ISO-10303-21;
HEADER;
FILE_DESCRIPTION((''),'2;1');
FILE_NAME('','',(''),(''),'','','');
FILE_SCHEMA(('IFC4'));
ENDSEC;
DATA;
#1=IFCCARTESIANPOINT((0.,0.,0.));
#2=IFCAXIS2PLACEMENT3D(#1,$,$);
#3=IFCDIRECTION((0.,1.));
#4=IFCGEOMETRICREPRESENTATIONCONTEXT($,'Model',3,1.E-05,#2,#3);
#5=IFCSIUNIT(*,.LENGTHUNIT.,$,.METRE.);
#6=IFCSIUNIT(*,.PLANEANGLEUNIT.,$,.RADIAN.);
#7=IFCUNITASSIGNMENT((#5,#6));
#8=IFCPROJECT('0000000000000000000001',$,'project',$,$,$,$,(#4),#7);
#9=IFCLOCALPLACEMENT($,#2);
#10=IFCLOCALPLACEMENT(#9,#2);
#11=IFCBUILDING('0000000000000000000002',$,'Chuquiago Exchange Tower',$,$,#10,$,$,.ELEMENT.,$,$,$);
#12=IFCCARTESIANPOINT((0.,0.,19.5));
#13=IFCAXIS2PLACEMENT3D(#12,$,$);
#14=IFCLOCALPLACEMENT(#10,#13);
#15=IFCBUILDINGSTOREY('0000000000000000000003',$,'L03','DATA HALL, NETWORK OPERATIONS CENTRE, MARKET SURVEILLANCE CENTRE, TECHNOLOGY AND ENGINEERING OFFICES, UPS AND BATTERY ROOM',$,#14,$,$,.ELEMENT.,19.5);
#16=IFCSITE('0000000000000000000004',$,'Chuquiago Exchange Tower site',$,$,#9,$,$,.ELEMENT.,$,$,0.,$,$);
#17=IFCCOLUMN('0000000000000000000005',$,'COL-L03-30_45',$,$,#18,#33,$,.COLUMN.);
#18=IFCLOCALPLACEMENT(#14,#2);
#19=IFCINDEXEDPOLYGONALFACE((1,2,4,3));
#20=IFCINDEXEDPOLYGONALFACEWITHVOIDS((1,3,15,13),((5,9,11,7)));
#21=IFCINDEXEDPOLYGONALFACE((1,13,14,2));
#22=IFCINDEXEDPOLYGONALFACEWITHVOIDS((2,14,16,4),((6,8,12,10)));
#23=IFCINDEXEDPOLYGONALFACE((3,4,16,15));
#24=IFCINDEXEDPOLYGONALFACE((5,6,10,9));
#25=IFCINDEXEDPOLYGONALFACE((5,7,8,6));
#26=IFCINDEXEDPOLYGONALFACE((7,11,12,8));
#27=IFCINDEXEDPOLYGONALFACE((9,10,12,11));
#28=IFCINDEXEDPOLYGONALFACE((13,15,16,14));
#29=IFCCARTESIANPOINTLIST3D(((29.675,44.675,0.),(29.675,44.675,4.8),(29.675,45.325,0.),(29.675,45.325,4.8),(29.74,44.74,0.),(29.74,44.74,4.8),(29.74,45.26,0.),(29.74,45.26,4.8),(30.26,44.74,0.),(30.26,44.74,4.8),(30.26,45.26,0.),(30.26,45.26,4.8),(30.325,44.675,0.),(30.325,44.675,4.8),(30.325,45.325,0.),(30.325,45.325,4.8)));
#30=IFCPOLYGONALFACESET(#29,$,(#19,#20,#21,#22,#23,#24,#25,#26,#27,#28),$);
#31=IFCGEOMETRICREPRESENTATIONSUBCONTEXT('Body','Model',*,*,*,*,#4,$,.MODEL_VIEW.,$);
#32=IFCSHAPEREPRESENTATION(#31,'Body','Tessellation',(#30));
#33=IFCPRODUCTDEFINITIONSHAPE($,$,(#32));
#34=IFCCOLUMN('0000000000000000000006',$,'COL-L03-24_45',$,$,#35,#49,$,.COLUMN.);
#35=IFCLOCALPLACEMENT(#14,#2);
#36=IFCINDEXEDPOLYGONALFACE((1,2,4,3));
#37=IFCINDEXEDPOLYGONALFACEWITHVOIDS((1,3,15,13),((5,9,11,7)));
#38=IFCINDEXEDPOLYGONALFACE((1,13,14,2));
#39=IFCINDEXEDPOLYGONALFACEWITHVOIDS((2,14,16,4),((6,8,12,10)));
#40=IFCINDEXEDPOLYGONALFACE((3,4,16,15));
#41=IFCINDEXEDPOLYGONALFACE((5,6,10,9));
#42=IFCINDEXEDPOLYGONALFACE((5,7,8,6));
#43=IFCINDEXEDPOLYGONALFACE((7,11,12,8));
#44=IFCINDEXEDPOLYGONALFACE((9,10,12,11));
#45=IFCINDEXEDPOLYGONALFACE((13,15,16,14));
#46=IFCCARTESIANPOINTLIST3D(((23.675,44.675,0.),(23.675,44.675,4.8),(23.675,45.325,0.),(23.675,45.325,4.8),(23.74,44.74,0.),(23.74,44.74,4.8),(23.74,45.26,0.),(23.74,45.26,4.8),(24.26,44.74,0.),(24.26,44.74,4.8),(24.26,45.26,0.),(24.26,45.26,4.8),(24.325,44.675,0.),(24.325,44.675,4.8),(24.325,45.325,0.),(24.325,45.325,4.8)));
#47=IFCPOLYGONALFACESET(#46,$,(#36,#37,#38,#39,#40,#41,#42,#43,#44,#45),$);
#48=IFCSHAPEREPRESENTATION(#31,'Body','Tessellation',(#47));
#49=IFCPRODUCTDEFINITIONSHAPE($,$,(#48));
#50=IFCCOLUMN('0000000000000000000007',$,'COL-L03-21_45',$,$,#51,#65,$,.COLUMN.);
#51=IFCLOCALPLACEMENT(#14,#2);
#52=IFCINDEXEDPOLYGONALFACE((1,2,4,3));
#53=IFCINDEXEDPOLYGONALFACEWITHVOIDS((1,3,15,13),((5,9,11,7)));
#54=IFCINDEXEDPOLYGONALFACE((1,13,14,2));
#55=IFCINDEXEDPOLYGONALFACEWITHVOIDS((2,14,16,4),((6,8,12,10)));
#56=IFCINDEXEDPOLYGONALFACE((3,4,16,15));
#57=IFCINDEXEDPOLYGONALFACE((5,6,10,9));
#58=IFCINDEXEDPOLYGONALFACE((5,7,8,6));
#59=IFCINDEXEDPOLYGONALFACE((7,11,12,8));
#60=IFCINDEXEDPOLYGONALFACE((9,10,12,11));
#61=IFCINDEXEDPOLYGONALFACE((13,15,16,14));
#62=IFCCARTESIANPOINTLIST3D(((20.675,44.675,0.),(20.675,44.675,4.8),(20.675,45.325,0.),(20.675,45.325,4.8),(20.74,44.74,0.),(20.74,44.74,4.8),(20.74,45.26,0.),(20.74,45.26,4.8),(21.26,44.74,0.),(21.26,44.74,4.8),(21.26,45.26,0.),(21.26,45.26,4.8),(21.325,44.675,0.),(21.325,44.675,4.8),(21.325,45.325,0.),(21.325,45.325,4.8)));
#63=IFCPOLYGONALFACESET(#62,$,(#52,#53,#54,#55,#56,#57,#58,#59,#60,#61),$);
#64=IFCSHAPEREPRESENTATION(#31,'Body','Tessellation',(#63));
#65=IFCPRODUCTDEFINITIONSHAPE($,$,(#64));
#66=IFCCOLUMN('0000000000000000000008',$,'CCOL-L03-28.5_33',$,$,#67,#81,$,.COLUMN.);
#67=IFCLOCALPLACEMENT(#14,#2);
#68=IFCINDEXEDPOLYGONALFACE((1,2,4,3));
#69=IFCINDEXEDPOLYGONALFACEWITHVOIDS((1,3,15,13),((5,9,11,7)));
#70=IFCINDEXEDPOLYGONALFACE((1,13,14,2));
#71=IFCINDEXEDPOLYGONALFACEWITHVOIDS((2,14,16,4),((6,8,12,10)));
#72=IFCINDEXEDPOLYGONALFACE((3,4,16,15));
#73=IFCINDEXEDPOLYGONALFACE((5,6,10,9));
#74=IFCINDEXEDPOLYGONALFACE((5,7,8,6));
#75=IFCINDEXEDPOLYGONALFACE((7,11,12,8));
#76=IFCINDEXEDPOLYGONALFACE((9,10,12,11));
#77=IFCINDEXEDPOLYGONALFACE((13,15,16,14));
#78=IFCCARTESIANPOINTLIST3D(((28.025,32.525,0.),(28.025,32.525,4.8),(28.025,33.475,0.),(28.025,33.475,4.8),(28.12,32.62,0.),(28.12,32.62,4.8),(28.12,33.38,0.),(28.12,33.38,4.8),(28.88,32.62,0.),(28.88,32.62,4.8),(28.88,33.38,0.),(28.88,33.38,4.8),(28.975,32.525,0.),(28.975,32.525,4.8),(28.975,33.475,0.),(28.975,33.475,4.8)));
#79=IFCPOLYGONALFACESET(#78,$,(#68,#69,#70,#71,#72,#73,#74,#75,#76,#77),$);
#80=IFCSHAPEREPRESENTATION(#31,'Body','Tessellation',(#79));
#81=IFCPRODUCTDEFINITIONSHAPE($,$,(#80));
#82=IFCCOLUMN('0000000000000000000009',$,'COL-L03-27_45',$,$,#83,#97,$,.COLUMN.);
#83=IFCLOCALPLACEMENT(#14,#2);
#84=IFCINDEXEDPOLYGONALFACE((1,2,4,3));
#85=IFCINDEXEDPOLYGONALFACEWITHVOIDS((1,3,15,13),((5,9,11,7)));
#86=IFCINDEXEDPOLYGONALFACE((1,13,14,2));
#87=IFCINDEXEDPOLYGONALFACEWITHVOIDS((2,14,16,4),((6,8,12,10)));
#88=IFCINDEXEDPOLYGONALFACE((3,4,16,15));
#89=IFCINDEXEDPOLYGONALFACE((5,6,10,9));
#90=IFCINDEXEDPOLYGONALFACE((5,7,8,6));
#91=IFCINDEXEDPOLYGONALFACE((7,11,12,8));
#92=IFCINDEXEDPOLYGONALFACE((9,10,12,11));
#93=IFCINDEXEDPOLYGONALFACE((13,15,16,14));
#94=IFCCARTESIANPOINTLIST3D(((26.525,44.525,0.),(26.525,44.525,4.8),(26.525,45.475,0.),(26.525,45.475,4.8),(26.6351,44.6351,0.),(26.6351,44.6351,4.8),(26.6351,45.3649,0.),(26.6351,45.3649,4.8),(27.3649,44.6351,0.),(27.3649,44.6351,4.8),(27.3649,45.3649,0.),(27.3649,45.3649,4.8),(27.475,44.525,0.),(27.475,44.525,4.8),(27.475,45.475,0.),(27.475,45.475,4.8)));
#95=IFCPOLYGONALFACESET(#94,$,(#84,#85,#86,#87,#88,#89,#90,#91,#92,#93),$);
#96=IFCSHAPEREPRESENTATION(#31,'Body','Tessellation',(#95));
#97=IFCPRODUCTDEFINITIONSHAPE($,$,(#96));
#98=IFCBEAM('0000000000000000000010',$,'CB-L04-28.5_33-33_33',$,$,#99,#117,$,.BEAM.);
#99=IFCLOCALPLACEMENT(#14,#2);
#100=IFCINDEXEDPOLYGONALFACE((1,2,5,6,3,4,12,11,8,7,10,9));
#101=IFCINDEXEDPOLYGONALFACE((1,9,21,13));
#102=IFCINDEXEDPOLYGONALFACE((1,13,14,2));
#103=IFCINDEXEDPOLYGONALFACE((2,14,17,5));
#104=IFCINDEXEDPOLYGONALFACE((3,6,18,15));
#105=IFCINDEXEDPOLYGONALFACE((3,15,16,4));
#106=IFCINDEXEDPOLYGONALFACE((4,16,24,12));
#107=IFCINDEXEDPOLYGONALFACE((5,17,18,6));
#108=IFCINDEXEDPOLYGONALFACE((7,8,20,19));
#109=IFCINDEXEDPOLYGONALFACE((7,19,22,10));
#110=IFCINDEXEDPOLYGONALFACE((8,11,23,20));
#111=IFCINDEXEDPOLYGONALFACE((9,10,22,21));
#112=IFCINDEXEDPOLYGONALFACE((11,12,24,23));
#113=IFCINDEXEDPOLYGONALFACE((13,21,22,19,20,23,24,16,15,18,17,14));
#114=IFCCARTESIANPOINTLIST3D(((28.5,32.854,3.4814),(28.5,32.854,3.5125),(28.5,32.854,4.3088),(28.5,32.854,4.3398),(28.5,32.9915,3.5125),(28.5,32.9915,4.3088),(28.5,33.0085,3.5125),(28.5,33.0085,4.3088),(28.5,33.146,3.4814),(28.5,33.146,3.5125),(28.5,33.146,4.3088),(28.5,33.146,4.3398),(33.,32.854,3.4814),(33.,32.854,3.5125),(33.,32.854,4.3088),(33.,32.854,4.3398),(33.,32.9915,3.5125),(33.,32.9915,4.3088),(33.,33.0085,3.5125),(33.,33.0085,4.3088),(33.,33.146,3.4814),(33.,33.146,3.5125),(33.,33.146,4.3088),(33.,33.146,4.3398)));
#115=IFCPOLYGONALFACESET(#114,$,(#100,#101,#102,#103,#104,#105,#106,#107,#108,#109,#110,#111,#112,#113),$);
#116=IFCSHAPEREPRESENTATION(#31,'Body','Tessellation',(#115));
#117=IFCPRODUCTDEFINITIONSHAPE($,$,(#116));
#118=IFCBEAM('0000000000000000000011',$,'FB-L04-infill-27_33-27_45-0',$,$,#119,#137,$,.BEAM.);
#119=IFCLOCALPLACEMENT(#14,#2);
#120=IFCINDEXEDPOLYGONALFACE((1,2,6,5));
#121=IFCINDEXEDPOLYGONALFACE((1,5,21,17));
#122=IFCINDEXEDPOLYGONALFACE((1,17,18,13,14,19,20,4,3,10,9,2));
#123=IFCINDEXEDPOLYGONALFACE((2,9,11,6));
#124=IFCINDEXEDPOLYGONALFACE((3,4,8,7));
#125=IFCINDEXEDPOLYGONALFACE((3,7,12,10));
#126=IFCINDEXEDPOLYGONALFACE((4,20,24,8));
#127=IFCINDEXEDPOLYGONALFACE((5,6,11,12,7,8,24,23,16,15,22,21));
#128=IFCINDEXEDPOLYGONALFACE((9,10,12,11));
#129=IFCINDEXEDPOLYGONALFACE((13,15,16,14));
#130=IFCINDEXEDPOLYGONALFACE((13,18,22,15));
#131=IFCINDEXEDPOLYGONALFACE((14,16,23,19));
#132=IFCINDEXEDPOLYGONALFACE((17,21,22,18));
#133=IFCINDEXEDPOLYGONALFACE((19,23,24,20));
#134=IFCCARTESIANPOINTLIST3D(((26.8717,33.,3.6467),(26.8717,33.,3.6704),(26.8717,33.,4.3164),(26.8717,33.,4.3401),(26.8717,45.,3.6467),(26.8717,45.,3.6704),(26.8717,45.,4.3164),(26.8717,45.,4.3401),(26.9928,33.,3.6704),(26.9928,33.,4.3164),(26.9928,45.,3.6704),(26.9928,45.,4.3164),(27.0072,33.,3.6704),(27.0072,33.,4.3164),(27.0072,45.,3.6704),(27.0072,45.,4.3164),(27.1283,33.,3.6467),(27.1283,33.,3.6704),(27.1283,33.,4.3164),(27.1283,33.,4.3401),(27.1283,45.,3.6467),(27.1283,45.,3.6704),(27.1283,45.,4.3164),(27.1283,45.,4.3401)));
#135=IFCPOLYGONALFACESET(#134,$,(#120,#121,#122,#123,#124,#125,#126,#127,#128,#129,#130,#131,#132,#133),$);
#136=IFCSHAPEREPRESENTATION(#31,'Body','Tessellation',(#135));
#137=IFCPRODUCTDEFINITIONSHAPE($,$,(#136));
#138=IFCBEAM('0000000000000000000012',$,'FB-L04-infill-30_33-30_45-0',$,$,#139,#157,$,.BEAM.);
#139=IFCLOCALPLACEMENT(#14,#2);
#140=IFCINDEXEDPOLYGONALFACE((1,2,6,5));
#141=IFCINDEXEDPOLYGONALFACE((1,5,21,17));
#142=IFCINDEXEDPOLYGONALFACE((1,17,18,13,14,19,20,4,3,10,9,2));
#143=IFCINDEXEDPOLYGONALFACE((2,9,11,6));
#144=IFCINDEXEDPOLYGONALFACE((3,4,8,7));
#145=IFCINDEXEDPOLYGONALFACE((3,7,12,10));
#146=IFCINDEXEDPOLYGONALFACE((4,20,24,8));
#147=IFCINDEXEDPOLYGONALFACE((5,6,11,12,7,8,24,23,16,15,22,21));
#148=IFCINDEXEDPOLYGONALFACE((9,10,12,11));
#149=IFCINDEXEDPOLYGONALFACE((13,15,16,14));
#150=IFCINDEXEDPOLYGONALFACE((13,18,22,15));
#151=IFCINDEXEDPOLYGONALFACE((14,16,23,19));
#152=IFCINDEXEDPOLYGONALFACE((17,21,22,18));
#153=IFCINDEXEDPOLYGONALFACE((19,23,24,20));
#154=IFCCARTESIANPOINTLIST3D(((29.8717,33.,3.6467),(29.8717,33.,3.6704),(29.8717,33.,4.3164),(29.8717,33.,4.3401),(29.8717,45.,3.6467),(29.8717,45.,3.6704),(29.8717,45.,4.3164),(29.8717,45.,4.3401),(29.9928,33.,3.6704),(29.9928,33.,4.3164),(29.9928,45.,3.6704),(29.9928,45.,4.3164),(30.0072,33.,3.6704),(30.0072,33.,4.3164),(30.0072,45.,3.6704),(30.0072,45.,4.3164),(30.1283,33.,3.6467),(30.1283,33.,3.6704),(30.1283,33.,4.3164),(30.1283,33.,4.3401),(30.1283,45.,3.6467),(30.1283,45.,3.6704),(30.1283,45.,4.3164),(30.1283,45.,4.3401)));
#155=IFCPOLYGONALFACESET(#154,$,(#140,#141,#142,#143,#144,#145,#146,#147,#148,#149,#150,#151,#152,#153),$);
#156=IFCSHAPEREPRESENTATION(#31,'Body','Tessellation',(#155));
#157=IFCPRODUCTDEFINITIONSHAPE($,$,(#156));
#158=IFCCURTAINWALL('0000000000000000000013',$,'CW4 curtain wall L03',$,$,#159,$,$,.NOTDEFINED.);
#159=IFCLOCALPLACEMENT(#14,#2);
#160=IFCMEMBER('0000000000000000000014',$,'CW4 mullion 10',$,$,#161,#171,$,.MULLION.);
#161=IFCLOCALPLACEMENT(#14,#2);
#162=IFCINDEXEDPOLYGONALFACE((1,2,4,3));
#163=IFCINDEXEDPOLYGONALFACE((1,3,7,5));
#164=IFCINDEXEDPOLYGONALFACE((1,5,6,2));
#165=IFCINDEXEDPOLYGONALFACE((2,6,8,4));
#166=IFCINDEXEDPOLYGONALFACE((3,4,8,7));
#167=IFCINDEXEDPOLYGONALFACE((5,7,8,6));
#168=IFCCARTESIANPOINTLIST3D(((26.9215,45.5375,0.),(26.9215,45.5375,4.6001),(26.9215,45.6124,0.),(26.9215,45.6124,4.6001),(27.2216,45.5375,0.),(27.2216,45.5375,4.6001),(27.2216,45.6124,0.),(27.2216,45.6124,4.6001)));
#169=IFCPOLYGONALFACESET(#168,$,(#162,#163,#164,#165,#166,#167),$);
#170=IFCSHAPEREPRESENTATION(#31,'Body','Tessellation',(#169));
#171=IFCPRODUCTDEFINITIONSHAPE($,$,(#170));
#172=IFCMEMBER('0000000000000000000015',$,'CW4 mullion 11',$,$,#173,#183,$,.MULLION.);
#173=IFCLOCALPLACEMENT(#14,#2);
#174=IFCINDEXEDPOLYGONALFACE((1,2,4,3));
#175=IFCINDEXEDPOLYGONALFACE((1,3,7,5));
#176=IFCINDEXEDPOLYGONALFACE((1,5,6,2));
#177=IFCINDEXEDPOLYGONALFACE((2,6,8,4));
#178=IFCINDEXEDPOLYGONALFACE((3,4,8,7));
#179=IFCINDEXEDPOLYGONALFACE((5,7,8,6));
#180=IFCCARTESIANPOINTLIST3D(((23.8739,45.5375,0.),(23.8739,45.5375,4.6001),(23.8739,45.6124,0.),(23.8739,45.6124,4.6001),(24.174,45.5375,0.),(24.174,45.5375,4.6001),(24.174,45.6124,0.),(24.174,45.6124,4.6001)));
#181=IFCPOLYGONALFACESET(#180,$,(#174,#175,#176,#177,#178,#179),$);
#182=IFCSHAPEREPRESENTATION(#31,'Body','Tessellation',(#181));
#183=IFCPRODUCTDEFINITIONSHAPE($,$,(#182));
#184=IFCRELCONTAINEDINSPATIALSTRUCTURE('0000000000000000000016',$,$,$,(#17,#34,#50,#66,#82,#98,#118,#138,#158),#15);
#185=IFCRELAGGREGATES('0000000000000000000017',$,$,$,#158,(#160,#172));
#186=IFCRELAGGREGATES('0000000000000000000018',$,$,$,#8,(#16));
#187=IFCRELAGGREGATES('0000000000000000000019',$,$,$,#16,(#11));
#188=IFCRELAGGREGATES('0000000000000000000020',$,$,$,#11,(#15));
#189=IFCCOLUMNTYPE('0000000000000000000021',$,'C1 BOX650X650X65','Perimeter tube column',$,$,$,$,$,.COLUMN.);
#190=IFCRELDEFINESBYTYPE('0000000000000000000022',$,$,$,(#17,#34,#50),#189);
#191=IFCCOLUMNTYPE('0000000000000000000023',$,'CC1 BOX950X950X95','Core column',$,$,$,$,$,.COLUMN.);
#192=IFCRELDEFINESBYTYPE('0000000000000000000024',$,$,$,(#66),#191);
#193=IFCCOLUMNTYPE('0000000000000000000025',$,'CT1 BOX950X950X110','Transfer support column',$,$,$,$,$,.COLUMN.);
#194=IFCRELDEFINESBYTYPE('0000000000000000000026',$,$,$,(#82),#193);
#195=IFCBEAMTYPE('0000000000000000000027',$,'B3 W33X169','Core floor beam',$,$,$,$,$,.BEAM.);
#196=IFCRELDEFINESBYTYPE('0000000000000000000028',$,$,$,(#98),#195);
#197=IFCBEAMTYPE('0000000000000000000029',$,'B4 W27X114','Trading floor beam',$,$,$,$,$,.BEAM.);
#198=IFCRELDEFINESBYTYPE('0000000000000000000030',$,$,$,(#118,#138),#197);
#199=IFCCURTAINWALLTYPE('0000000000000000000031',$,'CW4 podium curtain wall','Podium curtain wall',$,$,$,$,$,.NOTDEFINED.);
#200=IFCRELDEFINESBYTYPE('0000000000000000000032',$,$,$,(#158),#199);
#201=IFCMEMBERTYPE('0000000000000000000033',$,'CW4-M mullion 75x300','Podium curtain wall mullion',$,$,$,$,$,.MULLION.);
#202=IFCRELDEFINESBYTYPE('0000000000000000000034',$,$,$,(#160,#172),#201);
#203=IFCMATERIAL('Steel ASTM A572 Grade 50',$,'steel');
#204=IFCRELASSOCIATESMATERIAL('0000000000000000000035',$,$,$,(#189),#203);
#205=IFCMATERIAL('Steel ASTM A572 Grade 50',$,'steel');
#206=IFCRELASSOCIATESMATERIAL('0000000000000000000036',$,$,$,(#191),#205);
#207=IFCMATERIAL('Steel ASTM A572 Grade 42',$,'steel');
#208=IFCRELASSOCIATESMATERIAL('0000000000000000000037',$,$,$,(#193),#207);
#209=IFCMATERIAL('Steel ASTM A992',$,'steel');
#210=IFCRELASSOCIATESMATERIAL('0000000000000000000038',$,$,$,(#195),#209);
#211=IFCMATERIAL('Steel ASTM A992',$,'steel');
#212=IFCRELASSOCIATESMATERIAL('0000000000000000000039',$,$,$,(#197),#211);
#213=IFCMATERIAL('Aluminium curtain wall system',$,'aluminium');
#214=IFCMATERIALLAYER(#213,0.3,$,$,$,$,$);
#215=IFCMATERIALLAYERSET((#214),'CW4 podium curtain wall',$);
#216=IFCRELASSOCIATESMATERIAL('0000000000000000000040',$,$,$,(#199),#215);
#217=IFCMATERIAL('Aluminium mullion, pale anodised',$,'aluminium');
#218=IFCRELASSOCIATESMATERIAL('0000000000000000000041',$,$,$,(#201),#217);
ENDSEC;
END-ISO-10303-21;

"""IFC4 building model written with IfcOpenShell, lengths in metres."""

from ifc_helpers import new_model, si_unit, direction, frame, origin, origin_2d, place, context, subcontext, project, spatial, rectangle, hollow_rectangle, i_section, extrude, material, layer, layer_set, material_profile, profile_set, type_object, element, aggregate, save


model = new_model("IFC4")

# Units and contexts
model_context = context("Model", 3, precision=1e-05, world=origin(), true_north=direction((0.0, 1.0)))
body_context = subcontext(model_context, "Body", "Model", "MODEL_VIEW")
ifc_project = project(units=[si_unit("LENGTHUNIT", "METRE"), si_unit("PLANEANGLEUNIT", "RADIAN")], contexts=[model_context])

# Site, building, storey
site_placement = place(None, origin())
site = spatial("IfcSite", under=ifc_project, at=site_placement, Name="Chuquiago Exchange Tower site", CompositionType="ELEMENT", RefElevation=0.0)
building_placement = place(site_placement, origin())
building = spatial("IfcBuilding", under=site, at=building_placement, Name="Chuquiago Exchange Tower", CompositionType="ELEMENT")
storey_placement = place(building_placement, frame((0.0, 0.0, 19.5)))
storey = spatial("IfcBuildingStorey", under=building, at=storey_placement, Name="L03", Description="DATA HALL, NETWORK OPERATIONS CENTRE, MARKET SURVEILLANCE CENTRE, TECHNOLOGY AND ENGINEERING OFFICES, UPS AND BATTERY ROOM", CompositionType="ELEMENT", Elevation=19.5)

# Columns
ifc_material_1 = material(Name="Steel ASTM A572 Grade 50", Category="steel")
ifc_material_profile_1 = material_profile(ifc_material_1, hollow_rectangle(XDim=0.6499, YDim=0.6499, WallThickness=0.0649, at=origin_2d()), Name="BOX650X650X65")
ifc_profile_set_1 = profile_set([ifc_material_profile_1], Name="Steel ASTM A572 Grade 50")
column_type_1 = type_object("IfcColumnType", Name="C1 BOX650X650X65", Description="Perimeter tube column", PredefinedType="COLUMN", material=ifc_profile_set_1)
for number, where, z_axis, x_axis, name in (
    (1, (30.0, 45.0, 0.0), (0.0, 0.0, 1.0), (0.0, 1.0, 0.0), "COL-L03-30_45"),
    (2, (24.0, 45.0, 0.0), (0.0, 0.0, 1.0), (0.0, 1.0, 0.0), "COL-L03-24_45"),
    (3, (21.0, 45.0, 0.0), (0.0, 0.0, 1.0), (0.0, 1.0, 0.0), "COL-L03-21_45"),
):
    element("IfcColumn", number, at=place(storey_placement, frame(where, z_axis=z_axis, x_axis=x_axis)), inside=storey, type_object=column_type_1, Name=name, PredefinedType="COLUMN", context=body_context, shape_type="SweptSolid", body=[
        extrude(hollow_rectangle(XDim=0.6499, YDim=0.6499, WallThickness=0.0649, at=origin_2d()), origin(), (0.0, 0.0, 1.0), 4.8),
    ])
ifc_material_2 = material(Name="Steel ASTM A572 Grade 50", Category="steel")
ifc_material_profile_2 = material_profile(ifc_material_2, hollow_rectangle(XDim=0.95, YDim=0.95, WallThickness=0.095, at=origin_2d()), Name="BOX950X950X95")
ifc_profile_set_2 = profile_set([ifc_material_profile_2], Name="Steel ASTM A572 Grade 50")
column_type_2 = type_object("IfcColumnType", Name="CC1 BOX950X950X95", Description="Core column", PredefinedType="COLUMN", material=ifc_profile_set_2)
column_1_placement = place(storey_placement, frame((28.5, 33.0, 0.0), z_axis=(0.0, 0.0, 1.0), x_axis=(1.0, 0.0, 0.0)))
element("IfcColumn", 4, at=column_1_placement, inside=storey, type_object=column_type_2, Name="CCOL-L03-28.5_33", PredefinedType="COLUMN", context=body_context, shape_type="SweptSolid", body=[
    extrude(hollow_rectangle(XDim=0.95, YDim=0.95, WallThickness=0.095, at=origin_2d()), origin(), (0.0, 0.0, 1.0), 4.8),
])
ifc_material_3 = material(Name="Steel ASTM A572 Grade 42", Category="steel")
ifc_material_profile_3 = material_profile(ifc_material_3, hollow_rectangle(XDim=0.95, YDim=0.95, WallThickness=0.1101, at=origin_2d()), Name="BOX950X950X110")
ifc_profile_set_3 = profile_set([ifc_material_profile_3], Name="Steel ASTM A572 Grade 42")
column_type_3 = type_object("IfcColumnType", Name="CT1 BOX950X950X110", Description="Transfer support column", PredefinedType="COLUMN", material=ifc_profile_set_3)
column_2_placement = place(storey_placement, frame((27.0, 45.0, 0.0), z_axis=(0.0, 0.0, 1.0), x_axis=(0.0, 1.0, 0.0)))
element("IfcColumn", 5, at=column_2_placement, inside=storey, type_object=column_type_3, Name="COL-L03-27_45", PredefinedType="COLUMN", context=body_context, shape_type="SweptSolid", body=[
    extrude(hollow_rectangle(XDim=0.95, YDim=0.95, WallThickness=0.1101, at=origin_2d()), origin(), (0.0, 0.0, 1.0), 4.8),
])

# Beams
ifc_material_4 = material(Name="Steel ASTM A992", Category="steel")
ifc_material_profile_4 = material_profile(ifc_material_4, i_section(OverallWidth=0.292, OverallDepth=0.8584, WebThickness=0.0171, FlangeThickness=0.031, at=origin_2d()), Name="W33X169")
ifc_profile_set_4 = profile_set([ifc_material_profile_4], Name="Steel ASTM A992")
beam_type_1 = type_object("IfcBeamType", Name="B3 W33X169", Description="Core floor beam", PredefinedType="BEAM", material=ifc_profile_set_4)
beam_placement = place(storey_placement, frame((28.5, 33.0, 3.9106), z_axis=(1.0, 0.0, 0.0), x_axis=(0.0, 1.0, 0.0)))
element("IfcBeam", 6, at=beam_placement, inside=storey, type_object=beam_type_1, Name="CB-L04-28.5_33-33_33", PredefinedType="BEAM", context=body_context, shape_type="SweptSolid", body=[
    extrude(i_section(OverallWidth=0.292, OverallDepth=0.8584, WebThickness=0.0171, FlangeThickness=0.031, at=origin_2d()), origin(), (0.0, 0.0, 1.0), 4.5),
])
ifc_material_5 = material(Name="Steel ASTM A992", Category="steel")
ifc_material_profile_5 = material_profile(ifc_material_5, i_section(OverallWidth=0.2566, OverallDepth=0.6934, WebThickness=0.0144, FlangeThickness=0.0237, at=origin_2d()), Name="W27X114")
ifc_profile_set_5 = profile_set([ifc_material_profile_5], Name="Steel ASTM A992")
beam_type_2 = type_object("IfcBeamType", Name="B4 W27X114", Description="Trading floor beam", PredefinedType="BEAM", material=ifc_profile_set_5)
for number, where, z_axis, x_axis, name in (
    (7, (27.0, 33.0, 3.9934), (0.0, 1.0, 0.0), (-1.0, 0.0, 0.0), "FB-L04-infill-27_33-27_45-0"),
    (8, (30.0, 33.0, 3.9934), (0.0, 1.0, 0.0), (-1.0, 0.0, 0.0), "FB-L04-infill-30_33-30_45-0"),
):
    element("IfcBeam", number, at=place(storey_placement, frame(where, z_axis=z_axis, x_axis=x_axis)), inside=storey, type_object=beam_type_2, Name=name, PredefinedType="BEAM", context=body_context, shape_type="SweptSolid", body=[
        extrude(i_section(OverallWidth=0.2566, OverallDepth=0.6934, WebThickness=0.0144, FlangeThickness=0.0237, at=origin_2d()), origin(), (0.0, 0.0, 1.0), 12.0),
    ])

# Curtain wall, members
ifc_material_6 = material(Name="Aluminium curtain wall system", Category="aluminium")
ifc_layer_1 = layer(ifc_material_6, 0.3)
ifc_layer_set_1 = layer_set([ifc_layer_1], Name="CW4 podium curtain wall")
curtain_wall_type = type_object("IfcCurtainWallType", Name="CW4 podium curtain wall", Description="Podium curtain wall", PredefinedType="NOTDEFINED", material=ifc_layer_set_1)
curtain_wall_placement = place(storey_placement, origin())
curtain_wall = element("IfcCurtainWall", 9, at=curtain_wall_placement, inside=storey, type_object=curtain_wall_type, Name="CW4 curtain wall L03", PredefinedType="NOTDEFINED")
ifc_material_7 = material(Name="Aluminium mullion, pale anodised", Category="aluminium")
ifc_material_profile_6 = material_profile(ifc_material_7, rectangle(XDim=0.075, YDim=0.3, at=origin_2d()), Name="AL 75x300")
ifc_profile_set_6 = profile_set([ifc_material_profile_6], Name="Aluminium mullion, pale anodised")
member_type_1 = type_object("IfcMemberType", Name="CW4-M mullion 75x300", Description="Podium curtain wall mullion", PredefinedType="MULLION", material=ifc_profile_set_6)
member_1_placement = place(storey_placement, frame((27.0715, 45.575, 0.0), z_axis=(0.0, 0.0, 1.0), x_axis=(0.0, -1.0, 0.0)))
member_1 = element("IfcMember", 10, at=member_1_placement, type_object=member_type_1, Name="CW4 mullion 10", PredefinedType="MULLION", context=body_context, shape_type="SweptSolid", body=[
    extrude(rectangle(XDim=0.075, YDim=0.3, at=origin_2d()), origin(), (0.0, 0.0, 1.0), 4.6001),
])
member_2_placement = place(storey_placement, frame((24.0239, 45.575, 0.0), z_axis=(0.0, 0.0, 1.0), x_axis=(0.0, -1.0, 0.0)))
member_2 = element("IfcMember", 11, at=member_2_placement, type_object=member_type_1, Name="CW4 mullion 11", PredefinedType="MULLION", context=body_context, shape_type="SweptSolid", body=[
    extrude(rectangle(XDim=0.075, YDim=0.3, at=origin_2d()), origin(), (0.0, 0.0, 1.0), 4.6001),
])

aggregate(curtain_wall, [member_1, member_2])

save(model, "model.ifc")
